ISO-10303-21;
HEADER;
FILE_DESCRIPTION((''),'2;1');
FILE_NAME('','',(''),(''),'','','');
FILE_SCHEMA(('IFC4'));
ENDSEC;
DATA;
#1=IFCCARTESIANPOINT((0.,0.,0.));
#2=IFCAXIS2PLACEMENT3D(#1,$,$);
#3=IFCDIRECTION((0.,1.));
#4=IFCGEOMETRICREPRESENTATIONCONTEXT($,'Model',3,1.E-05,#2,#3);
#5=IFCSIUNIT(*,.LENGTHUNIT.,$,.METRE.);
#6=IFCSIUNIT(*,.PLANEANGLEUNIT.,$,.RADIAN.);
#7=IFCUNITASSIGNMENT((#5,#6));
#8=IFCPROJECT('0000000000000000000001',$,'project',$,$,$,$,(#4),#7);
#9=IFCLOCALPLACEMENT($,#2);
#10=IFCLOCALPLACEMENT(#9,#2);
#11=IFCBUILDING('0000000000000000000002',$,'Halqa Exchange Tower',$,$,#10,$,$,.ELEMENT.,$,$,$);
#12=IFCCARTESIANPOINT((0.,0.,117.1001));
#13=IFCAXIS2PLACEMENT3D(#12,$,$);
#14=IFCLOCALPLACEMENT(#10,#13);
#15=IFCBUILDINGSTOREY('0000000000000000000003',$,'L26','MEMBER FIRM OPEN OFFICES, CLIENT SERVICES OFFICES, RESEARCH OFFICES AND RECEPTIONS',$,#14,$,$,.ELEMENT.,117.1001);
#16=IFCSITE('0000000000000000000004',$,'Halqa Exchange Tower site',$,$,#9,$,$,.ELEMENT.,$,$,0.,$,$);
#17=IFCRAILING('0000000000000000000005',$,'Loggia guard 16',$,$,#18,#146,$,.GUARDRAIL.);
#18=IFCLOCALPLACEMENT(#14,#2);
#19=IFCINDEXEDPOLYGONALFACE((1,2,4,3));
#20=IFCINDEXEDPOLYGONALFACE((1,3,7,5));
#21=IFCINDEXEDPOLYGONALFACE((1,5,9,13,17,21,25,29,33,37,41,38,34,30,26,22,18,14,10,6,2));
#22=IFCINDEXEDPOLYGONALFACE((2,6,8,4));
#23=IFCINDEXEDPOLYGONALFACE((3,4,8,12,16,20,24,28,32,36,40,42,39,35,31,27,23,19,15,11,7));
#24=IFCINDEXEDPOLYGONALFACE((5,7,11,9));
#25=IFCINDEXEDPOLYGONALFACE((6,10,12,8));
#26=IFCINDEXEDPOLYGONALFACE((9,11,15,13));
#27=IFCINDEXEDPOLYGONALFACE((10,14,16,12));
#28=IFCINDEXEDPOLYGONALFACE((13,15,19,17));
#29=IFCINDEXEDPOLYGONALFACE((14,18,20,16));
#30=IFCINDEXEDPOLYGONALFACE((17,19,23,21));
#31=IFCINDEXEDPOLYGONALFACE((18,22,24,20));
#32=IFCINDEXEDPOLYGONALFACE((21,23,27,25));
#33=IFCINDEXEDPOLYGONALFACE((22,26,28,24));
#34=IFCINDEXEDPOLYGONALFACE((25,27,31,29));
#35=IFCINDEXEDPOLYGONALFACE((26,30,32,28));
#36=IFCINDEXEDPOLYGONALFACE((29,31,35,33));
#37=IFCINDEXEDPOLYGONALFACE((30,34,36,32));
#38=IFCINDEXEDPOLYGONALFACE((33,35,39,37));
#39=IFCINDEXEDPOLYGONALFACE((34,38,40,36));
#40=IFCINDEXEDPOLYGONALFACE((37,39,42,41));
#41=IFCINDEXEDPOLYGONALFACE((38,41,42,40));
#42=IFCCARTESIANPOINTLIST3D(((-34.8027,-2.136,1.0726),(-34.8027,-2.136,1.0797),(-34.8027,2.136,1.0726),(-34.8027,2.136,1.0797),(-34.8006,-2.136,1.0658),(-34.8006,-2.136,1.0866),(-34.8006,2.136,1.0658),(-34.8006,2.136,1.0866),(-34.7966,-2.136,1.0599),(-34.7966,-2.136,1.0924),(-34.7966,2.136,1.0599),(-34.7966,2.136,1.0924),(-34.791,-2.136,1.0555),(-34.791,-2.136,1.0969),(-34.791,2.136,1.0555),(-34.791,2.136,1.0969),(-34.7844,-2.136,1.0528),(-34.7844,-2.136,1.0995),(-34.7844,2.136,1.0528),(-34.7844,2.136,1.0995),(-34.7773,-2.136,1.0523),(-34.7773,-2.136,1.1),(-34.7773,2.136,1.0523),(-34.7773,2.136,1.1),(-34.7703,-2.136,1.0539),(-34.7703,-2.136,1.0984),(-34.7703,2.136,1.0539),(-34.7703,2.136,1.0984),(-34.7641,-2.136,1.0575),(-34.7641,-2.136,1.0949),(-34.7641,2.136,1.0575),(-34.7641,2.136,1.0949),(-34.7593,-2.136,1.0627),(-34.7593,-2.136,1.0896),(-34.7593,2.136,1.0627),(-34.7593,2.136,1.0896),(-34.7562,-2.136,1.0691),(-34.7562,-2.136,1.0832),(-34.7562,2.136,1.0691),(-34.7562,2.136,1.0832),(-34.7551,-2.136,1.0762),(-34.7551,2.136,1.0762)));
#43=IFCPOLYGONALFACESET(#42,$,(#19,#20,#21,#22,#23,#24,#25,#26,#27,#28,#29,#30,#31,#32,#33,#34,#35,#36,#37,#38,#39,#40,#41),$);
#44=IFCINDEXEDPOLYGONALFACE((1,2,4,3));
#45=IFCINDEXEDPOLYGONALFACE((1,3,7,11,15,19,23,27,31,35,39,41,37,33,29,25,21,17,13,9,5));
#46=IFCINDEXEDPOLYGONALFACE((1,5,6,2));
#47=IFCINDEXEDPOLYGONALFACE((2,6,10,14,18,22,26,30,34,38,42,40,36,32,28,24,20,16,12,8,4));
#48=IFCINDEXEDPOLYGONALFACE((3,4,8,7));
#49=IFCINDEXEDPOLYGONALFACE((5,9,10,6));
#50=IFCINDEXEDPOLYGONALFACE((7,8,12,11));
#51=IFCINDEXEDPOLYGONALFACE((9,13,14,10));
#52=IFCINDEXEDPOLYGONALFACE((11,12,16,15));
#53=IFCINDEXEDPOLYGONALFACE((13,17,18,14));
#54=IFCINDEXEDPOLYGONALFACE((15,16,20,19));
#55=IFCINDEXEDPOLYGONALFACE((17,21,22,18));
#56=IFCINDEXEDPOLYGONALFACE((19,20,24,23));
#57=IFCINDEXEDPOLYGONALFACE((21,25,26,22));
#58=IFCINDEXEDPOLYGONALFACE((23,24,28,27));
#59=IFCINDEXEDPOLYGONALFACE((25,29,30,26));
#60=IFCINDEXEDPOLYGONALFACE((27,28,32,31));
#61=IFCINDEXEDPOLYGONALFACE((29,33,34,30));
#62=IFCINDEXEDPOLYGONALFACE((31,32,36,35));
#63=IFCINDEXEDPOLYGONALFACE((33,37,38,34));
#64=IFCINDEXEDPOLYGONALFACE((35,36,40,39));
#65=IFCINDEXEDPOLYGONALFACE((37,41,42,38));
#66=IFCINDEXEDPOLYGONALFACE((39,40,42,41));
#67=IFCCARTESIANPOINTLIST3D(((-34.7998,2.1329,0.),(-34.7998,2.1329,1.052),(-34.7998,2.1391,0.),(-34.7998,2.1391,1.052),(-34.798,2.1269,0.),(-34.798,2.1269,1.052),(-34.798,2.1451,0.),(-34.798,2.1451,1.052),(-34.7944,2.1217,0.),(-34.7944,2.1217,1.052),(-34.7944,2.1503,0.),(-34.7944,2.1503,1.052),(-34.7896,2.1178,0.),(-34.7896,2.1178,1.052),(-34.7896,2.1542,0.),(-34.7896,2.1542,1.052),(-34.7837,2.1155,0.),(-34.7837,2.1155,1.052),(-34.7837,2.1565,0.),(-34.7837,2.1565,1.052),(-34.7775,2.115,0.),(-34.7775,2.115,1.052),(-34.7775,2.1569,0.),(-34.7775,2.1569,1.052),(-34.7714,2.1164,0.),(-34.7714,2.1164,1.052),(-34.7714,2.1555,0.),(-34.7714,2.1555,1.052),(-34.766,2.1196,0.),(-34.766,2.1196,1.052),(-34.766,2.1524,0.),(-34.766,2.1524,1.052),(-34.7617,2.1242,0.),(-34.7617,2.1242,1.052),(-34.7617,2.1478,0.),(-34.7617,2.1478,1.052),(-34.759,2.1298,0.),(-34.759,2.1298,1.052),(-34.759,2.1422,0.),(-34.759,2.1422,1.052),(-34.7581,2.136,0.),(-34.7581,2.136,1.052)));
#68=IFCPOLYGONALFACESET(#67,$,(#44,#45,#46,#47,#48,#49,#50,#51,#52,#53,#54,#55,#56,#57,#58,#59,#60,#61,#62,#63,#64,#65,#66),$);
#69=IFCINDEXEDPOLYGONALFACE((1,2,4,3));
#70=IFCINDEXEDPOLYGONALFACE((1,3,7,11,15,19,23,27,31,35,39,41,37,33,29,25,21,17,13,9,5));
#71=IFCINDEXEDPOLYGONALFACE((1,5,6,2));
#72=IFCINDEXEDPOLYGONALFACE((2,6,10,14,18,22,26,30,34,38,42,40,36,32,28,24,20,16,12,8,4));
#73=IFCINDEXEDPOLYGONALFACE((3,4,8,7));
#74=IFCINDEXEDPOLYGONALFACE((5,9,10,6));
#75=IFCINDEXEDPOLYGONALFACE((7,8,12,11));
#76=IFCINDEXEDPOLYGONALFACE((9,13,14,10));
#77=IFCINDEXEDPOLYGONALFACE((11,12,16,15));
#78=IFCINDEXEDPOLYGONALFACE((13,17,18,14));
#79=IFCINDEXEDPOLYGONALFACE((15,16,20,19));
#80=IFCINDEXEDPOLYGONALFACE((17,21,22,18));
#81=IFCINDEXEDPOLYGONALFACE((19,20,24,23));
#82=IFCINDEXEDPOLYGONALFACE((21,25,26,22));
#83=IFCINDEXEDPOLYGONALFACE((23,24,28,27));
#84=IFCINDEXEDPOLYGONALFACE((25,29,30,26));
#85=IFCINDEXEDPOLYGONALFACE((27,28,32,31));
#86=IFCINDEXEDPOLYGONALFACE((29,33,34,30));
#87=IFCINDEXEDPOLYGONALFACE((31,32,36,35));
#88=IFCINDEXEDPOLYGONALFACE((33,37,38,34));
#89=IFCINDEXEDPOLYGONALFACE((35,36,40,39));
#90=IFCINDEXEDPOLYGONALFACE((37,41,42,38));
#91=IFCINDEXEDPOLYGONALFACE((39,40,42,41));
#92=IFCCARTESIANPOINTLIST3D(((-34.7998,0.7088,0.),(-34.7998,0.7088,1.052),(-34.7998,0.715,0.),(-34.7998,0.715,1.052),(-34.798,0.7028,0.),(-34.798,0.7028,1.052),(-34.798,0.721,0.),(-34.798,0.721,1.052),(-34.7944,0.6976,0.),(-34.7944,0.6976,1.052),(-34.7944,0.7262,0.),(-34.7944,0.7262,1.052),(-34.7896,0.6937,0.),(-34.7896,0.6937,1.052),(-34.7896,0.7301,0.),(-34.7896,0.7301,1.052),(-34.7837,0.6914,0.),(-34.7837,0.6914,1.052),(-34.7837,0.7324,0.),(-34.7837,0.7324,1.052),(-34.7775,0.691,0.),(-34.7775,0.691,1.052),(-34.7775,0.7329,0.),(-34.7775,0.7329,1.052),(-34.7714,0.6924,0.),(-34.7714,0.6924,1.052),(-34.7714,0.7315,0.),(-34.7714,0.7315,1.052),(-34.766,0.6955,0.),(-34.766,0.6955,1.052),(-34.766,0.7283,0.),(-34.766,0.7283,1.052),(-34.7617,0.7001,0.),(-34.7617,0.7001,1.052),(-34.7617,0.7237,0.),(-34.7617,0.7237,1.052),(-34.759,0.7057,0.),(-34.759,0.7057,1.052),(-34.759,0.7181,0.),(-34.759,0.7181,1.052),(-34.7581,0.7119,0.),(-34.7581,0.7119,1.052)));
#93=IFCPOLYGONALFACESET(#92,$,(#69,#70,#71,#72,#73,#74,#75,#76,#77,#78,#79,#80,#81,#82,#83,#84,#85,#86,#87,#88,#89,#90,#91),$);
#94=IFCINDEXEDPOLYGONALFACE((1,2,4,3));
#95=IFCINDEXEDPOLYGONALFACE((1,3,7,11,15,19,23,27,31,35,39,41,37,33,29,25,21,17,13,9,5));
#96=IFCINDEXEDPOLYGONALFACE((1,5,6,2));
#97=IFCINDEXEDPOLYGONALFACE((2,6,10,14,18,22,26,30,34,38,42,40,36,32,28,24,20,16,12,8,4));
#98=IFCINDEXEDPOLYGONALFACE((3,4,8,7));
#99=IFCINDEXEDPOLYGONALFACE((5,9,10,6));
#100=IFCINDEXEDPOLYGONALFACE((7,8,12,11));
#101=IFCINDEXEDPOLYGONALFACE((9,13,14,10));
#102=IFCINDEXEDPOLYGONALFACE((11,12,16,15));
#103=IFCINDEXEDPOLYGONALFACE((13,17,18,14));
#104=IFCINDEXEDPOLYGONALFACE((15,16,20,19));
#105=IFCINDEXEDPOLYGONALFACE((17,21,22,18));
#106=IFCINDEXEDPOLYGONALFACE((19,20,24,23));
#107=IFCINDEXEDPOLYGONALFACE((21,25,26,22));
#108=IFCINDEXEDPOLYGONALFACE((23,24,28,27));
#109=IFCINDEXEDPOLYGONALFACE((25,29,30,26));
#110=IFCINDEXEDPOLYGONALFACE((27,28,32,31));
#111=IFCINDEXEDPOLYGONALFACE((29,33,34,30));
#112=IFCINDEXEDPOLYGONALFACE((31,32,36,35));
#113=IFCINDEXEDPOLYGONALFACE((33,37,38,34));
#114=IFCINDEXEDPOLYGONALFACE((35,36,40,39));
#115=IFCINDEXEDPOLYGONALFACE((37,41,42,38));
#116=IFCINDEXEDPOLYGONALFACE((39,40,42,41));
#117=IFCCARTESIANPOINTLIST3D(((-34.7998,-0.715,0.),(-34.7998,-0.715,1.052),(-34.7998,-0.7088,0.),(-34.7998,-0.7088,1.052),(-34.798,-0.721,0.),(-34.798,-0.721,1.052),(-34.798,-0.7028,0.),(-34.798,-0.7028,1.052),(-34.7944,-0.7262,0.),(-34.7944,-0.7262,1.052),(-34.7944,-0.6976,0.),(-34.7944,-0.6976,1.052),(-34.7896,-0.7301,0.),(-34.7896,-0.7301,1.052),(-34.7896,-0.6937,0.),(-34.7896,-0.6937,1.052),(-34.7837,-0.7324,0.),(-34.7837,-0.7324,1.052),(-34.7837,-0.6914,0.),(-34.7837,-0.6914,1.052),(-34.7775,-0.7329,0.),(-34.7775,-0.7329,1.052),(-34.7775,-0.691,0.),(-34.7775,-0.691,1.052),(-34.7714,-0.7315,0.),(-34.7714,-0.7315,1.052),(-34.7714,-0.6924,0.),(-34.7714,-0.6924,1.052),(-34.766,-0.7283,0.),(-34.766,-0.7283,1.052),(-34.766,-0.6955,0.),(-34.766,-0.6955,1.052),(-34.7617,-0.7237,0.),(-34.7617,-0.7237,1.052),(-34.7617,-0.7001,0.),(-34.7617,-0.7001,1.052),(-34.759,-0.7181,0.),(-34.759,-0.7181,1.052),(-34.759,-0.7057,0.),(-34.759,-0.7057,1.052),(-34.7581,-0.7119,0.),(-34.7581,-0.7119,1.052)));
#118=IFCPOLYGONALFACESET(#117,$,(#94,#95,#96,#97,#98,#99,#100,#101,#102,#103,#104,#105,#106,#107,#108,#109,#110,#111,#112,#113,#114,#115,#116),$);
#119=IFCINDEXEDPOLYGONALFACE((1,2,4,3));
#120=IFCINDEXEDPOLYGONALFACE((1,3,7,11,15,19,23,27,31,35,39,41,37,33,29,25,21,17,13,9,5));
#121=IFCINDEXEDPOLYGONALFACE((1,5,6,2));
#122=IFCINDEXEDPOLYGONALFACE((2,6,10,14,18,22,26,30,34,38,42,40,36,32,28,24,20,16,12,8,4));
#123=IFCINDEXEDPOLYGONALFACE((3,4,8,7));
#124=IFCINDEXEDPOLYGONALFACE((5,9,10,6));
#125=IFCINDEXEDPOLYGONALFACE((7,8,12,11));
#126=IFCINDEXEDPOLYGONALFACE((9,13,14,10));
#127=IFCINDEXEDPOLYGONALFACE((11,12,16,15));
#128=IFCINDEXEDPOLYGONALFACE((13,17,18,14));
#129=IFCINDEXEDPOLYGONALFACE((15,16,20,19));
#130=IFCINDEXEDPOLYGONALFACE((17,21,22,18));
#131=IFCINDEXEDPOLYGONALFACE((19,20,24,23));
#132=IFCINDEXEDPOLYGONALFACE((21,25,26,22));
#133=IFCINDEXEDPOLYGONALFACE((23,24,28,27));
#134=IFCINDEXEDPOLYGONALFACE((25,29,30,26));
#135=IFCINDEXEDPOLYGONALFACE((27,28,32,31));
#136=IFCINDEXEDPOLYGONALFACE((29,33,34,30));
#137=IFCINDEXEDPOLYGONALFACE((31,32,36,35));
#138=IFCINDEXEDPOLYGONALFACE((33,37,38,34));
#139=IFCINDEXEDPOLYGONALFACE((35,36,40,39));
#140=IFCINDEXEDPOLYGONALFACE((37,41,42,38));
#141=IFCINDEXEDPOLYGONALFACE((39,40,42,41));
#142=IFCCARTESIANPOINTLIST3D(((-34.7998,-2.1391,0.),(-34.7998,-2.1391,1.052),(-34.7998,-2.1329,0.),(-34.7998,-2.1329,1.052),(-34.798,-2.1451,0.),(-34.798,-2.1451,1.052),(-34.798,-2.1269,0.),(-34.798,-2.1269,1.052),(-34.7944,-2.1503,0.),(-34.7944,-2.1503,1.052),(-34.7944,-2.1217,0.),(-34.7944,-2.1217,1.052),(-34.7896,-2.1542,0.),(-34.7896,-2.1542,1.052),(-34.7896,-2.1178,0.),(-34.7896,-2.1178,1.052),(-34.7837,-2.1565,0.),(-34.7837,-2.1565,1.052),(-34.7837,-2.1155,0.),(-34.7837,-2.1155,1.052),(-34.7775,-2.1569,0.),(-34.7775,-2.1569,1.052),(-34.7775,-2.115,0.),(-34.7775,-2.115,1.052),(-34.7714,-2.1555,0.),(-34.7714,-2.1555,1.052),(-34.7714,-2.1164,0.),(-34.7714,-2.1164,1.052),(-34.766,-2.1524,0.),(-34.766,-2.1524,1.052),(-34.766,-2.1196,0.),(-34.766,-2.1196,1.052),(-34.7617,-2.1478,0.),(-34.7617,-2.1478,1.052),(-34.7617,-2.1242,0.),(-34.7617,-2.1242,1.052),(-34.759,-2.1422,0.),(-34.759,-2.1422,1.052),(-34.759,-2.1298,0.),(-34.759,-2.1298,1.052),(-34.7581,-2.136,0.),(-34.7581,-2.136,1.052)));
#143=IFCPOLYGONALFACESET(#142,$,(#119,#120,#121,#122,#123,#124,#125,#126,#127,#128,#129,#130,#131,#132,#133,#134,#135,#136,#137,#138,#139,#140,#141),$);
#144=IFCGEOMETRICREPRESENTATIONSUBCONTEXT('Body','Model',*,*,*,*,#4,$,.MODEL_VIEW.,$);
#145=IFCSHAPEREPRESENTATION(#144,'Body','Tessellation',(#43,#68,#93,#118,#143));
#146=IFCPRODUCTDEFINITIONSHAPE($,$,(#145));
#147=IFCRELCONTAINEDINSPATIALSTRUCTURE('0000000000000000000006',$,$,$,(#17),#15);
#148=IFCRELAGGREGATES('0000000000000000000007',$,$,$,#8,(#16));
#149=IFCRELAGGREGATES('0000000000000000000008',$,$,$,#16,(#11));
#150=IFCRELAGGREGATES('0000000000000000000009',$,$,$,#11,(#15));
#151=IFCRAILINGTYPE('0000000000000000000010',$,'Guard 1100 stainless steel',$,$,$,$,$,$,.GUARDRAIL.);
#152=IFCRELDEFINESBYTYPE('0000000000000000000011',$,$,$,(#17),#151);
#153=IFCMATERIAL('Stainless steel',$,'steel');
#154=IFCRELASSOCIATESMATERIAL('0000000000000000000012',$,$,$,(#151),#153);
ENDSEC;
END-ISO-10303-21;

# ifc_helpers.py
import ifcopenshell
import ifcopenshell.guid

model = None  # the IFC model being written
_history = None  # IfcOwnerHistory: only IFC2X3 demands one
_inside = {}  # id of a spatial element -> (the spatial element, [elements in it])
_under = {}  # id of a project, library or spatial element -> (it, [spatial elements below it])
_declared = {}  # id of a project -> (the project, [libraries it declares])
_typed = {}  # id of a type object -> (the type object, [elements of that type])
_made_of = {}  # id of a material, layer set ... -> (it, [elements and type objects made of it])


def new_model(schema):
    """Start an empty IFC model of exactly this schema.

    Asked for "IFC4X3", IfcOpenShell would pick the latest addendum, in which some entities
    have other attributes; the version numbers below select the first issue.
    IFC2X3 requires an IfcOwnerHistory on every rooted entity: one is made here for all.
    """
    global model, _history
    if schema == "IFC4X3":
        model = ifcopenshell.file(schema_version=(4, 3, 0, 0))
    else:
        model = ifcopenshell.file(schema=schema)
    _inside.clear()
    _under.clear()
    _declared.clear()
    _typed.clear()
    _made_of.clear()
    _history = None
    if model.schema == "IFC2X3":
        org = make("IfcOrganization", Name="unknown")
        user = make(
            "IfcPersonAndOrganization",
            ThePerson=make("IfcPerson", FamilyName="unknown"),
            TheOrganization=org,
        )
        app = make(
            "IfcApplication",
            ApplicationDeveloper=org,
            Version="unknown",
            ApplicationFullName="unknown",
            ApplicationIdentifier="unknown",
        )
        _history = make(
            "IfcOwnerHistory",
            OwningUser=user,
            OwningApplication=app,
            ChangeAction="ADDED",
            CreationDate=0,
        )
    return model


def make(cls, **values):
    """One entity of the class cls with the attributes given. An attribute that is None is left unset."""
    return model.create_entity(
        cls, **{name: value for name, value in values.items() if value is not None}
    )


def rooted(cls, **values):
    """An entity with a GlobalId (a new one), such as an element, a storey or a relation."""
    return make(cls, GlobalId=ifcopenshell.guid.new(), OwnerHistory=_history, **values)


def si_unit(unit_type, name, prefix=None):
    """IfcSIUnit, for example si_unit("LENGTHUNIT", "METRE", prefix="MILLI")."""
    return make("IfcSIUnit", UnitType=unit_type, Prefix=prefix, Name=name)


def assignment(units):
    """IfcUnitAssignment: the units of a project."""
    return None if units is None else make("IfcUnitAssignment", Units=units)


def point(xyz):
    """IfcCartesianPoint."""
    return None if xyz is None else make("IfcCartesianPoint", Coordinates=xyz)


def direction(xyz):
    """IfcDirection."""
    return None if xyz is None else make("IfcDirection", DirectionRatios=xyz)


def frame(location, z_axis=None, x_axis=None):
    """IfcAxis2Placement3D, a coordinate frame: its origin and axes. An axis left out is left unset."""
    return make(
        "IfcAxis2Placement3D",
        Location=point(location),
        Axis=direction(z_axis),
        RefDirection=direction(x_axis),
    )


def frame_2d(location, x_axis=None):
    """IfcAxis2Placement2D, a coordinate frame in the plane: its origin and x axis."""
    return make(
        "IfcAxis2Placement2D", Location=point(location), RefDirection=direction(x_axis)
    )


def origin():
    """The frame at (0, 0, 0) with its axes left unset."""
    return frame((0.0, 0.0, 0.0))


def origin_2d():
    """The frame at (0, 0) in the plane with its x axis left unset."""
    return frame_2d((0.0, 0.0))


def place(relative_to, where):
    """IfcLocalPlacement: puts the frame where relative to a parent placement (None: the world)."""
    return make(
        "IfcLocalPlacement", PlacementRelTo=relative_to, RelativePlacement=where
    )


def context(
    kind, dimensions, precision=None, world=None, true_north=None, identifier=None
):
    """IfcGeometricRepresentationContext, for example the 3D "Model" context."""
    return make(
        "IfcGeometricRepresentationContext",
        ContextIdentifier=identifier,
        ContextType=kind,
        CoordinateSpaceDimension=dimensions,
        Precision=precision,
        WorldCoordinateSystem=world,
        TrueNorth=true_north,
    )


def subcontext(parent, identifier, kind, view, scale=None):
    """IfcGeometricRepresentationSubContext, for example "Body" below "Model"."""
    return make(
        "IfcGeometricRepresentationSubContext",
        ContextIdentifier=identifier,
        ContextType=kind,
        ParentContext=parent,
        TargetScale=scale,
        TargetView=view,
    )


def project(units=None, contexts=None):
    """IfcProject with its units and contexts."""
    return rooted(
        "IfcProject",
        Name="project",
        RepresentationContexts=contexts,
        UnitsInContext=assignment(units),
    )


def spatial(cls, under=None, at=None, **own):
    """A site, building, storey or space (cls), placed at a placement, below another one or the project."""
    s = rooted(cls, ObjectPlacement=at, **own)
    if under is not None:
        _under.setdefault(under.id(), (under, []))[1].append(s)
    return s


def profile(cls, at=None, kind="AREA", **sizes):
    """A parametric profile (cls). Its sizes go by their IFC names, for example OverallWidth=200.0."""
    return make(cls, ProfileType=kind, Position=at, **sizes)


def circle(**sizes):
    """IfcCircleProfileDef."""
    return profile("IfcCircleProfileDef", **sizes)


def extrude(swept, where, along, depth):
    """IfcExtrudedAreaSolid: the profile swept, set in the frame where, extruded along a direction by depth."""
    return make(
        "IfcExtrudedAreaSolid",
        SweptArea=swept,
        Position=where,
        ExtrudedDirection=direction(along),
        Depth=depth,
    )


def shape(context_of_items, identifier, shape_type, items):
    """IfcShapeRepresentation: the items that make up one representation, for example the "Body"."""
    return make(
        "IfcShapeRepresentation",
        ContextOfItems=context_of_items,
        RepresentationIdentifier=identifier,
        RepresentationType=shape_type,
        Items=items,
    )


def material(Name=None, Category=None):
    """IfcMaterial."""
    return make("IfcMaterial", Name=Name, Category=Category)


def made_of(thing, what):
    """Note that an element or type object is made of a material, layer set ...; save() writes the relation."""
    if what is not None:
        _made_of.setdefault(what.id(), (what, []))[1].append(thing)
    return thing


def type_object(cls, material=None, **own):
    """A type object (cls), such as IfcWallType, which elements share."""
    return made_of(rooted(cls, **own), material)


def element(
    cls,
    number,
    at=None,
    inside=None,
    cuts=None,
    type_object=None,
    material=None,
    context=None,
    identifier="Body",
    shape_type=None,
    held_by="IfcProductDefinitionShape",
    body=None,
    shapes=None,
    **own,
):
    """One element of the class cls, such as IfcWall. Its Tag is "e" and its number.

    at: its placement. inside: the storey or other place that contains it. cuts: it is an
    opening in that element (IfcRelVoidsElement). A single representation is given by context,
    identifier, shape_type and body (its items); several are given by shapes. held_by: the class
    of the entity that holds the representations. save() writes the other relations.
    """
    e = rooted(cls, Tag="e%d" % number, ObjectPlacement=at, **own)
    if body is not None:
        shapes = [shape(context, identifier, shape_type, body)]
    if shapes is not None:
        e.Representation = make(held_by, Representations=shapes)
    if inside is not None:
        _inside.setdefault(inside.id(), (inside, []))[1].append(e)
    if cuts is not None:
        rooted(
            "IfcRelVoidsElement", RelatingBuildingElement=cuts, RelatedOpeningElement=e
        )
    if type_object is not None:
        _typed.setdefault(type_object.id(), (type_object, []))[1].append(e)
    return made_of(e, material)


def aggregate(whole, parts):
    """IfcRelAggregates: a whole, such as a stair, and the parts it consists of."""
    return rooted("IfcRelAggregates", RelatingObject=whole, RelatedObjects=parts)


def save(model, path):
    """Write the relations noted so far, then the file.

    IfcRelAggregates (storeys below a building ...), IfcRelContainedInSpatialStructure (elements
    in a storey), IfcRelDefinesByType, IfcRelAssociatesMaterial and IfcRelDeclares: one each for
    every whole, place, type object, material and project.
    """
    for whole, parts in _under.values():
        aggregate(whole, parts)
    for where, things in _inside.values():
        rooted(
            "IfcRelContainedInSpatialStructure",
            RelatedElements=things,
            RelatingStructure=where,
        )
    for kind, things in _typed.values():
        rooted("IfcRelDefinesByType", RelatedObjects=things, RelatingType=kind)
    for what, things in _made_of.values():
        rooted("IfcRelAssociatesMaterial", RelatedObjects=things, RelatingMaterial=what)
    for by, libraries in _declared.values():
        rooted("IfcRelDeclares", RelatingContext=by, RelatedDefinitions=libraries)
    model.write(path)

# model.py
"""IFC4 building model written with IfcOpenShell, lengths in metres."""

from ifc_helpers import new_model, si_unit, direction, frame, origin, origin_2d, place, context, subcontext, project, spatial, circle, extrude, material, type_object, element, save


model = new_model("IFC4")

# Units and contexts
model_context = context("Model", 3, precision=1e-05, world=origin(), true_north=direction((0.0, 1.0)))
body_context = subcontext(model_context, "Body", "Model", "MODEL_VIEW")
ifc_project = project(units=[si_unit("LENGTHUNIT", "METRE"), si_unit("PLANEANGLEUNIT", "RADIAN")], contexts=[model_context])

# Site, building, storey
site_placement = place(None, origin())
site = spatial("IfcSite", under=ifc_project, at=site_placement, Name="Halqa Exchange Tower site", CompositionType="ELEMENT", RefElevation=0.0)
building_placement = place(site_placement, origin())
building = spatial("IfcBuilding", under=site, at=building_placement, Name="Halqa Exchange Tower", CompositionType="ELEMENT")
storey_placement = place(building_placement, frame((0.0, 0.0, 117.1001)))
storey = spatial("IfcBuildingStorey", under=building, at=storey_placement, Name="L26", Description="MEMBER FIRM OPEN OFFICES, CLIENT SERVICES OFFICES, RESEARCH OFFICES AND RECEPTIONS", CompositionType="ELEMENT", Elevation=117.1001)

# Railing
ifc_material_1 = material(Name="Stainless steel", Category="steel")
railing_type = type_object("IfcRailingType", Name="Guard 1100 stainless steel", PredefinedType="GUARDRAIL", material=ifc_material_1)
railing_1_placement = place(storey_placement, frame((-34.7791, 2.136, 0.0)))
element("IfcRailing", 1, at=railing_1_placement, inside=storey, type_object=railing_type, Name="Loggia guard 16", PredefinedType="GUARDRAIL", context=body_context, shape_type="SweptSolid", body=[
    extrude(circle(Radius=0.0239, at=origin_2d()), frame((0.0, 0.0, 1.0762), z_axis=(0.0, -1.0, 0.0), x_axis=(1.0, 0.0, 0.0)), (0.0, 0.0, 1.0), 4.272),
    extrude(circle(Radius=0.021, at=origin_2d()), origin(), (0.0, 0.0, 1.0), 1.052),
    extrude(circle(Radius=0.021, at=origin_2d()), frame((0.0, -1.4241, 0.0)), (0.0, 0.0, 1.0), 1.052),
    extrude(circle(Radius=0.021, at=origin_2d()), frame((0.0, -2.8479, 0.0)), (0.0, 0.0, 1.0), 1.052),
    extrude(circle(Radius=0.021, at=origin_2d()), frame((0.0, -4.272, 0.0)), (0.0, 0.0, 1.0), 1.052),
])

save(model, "model.ifc")
